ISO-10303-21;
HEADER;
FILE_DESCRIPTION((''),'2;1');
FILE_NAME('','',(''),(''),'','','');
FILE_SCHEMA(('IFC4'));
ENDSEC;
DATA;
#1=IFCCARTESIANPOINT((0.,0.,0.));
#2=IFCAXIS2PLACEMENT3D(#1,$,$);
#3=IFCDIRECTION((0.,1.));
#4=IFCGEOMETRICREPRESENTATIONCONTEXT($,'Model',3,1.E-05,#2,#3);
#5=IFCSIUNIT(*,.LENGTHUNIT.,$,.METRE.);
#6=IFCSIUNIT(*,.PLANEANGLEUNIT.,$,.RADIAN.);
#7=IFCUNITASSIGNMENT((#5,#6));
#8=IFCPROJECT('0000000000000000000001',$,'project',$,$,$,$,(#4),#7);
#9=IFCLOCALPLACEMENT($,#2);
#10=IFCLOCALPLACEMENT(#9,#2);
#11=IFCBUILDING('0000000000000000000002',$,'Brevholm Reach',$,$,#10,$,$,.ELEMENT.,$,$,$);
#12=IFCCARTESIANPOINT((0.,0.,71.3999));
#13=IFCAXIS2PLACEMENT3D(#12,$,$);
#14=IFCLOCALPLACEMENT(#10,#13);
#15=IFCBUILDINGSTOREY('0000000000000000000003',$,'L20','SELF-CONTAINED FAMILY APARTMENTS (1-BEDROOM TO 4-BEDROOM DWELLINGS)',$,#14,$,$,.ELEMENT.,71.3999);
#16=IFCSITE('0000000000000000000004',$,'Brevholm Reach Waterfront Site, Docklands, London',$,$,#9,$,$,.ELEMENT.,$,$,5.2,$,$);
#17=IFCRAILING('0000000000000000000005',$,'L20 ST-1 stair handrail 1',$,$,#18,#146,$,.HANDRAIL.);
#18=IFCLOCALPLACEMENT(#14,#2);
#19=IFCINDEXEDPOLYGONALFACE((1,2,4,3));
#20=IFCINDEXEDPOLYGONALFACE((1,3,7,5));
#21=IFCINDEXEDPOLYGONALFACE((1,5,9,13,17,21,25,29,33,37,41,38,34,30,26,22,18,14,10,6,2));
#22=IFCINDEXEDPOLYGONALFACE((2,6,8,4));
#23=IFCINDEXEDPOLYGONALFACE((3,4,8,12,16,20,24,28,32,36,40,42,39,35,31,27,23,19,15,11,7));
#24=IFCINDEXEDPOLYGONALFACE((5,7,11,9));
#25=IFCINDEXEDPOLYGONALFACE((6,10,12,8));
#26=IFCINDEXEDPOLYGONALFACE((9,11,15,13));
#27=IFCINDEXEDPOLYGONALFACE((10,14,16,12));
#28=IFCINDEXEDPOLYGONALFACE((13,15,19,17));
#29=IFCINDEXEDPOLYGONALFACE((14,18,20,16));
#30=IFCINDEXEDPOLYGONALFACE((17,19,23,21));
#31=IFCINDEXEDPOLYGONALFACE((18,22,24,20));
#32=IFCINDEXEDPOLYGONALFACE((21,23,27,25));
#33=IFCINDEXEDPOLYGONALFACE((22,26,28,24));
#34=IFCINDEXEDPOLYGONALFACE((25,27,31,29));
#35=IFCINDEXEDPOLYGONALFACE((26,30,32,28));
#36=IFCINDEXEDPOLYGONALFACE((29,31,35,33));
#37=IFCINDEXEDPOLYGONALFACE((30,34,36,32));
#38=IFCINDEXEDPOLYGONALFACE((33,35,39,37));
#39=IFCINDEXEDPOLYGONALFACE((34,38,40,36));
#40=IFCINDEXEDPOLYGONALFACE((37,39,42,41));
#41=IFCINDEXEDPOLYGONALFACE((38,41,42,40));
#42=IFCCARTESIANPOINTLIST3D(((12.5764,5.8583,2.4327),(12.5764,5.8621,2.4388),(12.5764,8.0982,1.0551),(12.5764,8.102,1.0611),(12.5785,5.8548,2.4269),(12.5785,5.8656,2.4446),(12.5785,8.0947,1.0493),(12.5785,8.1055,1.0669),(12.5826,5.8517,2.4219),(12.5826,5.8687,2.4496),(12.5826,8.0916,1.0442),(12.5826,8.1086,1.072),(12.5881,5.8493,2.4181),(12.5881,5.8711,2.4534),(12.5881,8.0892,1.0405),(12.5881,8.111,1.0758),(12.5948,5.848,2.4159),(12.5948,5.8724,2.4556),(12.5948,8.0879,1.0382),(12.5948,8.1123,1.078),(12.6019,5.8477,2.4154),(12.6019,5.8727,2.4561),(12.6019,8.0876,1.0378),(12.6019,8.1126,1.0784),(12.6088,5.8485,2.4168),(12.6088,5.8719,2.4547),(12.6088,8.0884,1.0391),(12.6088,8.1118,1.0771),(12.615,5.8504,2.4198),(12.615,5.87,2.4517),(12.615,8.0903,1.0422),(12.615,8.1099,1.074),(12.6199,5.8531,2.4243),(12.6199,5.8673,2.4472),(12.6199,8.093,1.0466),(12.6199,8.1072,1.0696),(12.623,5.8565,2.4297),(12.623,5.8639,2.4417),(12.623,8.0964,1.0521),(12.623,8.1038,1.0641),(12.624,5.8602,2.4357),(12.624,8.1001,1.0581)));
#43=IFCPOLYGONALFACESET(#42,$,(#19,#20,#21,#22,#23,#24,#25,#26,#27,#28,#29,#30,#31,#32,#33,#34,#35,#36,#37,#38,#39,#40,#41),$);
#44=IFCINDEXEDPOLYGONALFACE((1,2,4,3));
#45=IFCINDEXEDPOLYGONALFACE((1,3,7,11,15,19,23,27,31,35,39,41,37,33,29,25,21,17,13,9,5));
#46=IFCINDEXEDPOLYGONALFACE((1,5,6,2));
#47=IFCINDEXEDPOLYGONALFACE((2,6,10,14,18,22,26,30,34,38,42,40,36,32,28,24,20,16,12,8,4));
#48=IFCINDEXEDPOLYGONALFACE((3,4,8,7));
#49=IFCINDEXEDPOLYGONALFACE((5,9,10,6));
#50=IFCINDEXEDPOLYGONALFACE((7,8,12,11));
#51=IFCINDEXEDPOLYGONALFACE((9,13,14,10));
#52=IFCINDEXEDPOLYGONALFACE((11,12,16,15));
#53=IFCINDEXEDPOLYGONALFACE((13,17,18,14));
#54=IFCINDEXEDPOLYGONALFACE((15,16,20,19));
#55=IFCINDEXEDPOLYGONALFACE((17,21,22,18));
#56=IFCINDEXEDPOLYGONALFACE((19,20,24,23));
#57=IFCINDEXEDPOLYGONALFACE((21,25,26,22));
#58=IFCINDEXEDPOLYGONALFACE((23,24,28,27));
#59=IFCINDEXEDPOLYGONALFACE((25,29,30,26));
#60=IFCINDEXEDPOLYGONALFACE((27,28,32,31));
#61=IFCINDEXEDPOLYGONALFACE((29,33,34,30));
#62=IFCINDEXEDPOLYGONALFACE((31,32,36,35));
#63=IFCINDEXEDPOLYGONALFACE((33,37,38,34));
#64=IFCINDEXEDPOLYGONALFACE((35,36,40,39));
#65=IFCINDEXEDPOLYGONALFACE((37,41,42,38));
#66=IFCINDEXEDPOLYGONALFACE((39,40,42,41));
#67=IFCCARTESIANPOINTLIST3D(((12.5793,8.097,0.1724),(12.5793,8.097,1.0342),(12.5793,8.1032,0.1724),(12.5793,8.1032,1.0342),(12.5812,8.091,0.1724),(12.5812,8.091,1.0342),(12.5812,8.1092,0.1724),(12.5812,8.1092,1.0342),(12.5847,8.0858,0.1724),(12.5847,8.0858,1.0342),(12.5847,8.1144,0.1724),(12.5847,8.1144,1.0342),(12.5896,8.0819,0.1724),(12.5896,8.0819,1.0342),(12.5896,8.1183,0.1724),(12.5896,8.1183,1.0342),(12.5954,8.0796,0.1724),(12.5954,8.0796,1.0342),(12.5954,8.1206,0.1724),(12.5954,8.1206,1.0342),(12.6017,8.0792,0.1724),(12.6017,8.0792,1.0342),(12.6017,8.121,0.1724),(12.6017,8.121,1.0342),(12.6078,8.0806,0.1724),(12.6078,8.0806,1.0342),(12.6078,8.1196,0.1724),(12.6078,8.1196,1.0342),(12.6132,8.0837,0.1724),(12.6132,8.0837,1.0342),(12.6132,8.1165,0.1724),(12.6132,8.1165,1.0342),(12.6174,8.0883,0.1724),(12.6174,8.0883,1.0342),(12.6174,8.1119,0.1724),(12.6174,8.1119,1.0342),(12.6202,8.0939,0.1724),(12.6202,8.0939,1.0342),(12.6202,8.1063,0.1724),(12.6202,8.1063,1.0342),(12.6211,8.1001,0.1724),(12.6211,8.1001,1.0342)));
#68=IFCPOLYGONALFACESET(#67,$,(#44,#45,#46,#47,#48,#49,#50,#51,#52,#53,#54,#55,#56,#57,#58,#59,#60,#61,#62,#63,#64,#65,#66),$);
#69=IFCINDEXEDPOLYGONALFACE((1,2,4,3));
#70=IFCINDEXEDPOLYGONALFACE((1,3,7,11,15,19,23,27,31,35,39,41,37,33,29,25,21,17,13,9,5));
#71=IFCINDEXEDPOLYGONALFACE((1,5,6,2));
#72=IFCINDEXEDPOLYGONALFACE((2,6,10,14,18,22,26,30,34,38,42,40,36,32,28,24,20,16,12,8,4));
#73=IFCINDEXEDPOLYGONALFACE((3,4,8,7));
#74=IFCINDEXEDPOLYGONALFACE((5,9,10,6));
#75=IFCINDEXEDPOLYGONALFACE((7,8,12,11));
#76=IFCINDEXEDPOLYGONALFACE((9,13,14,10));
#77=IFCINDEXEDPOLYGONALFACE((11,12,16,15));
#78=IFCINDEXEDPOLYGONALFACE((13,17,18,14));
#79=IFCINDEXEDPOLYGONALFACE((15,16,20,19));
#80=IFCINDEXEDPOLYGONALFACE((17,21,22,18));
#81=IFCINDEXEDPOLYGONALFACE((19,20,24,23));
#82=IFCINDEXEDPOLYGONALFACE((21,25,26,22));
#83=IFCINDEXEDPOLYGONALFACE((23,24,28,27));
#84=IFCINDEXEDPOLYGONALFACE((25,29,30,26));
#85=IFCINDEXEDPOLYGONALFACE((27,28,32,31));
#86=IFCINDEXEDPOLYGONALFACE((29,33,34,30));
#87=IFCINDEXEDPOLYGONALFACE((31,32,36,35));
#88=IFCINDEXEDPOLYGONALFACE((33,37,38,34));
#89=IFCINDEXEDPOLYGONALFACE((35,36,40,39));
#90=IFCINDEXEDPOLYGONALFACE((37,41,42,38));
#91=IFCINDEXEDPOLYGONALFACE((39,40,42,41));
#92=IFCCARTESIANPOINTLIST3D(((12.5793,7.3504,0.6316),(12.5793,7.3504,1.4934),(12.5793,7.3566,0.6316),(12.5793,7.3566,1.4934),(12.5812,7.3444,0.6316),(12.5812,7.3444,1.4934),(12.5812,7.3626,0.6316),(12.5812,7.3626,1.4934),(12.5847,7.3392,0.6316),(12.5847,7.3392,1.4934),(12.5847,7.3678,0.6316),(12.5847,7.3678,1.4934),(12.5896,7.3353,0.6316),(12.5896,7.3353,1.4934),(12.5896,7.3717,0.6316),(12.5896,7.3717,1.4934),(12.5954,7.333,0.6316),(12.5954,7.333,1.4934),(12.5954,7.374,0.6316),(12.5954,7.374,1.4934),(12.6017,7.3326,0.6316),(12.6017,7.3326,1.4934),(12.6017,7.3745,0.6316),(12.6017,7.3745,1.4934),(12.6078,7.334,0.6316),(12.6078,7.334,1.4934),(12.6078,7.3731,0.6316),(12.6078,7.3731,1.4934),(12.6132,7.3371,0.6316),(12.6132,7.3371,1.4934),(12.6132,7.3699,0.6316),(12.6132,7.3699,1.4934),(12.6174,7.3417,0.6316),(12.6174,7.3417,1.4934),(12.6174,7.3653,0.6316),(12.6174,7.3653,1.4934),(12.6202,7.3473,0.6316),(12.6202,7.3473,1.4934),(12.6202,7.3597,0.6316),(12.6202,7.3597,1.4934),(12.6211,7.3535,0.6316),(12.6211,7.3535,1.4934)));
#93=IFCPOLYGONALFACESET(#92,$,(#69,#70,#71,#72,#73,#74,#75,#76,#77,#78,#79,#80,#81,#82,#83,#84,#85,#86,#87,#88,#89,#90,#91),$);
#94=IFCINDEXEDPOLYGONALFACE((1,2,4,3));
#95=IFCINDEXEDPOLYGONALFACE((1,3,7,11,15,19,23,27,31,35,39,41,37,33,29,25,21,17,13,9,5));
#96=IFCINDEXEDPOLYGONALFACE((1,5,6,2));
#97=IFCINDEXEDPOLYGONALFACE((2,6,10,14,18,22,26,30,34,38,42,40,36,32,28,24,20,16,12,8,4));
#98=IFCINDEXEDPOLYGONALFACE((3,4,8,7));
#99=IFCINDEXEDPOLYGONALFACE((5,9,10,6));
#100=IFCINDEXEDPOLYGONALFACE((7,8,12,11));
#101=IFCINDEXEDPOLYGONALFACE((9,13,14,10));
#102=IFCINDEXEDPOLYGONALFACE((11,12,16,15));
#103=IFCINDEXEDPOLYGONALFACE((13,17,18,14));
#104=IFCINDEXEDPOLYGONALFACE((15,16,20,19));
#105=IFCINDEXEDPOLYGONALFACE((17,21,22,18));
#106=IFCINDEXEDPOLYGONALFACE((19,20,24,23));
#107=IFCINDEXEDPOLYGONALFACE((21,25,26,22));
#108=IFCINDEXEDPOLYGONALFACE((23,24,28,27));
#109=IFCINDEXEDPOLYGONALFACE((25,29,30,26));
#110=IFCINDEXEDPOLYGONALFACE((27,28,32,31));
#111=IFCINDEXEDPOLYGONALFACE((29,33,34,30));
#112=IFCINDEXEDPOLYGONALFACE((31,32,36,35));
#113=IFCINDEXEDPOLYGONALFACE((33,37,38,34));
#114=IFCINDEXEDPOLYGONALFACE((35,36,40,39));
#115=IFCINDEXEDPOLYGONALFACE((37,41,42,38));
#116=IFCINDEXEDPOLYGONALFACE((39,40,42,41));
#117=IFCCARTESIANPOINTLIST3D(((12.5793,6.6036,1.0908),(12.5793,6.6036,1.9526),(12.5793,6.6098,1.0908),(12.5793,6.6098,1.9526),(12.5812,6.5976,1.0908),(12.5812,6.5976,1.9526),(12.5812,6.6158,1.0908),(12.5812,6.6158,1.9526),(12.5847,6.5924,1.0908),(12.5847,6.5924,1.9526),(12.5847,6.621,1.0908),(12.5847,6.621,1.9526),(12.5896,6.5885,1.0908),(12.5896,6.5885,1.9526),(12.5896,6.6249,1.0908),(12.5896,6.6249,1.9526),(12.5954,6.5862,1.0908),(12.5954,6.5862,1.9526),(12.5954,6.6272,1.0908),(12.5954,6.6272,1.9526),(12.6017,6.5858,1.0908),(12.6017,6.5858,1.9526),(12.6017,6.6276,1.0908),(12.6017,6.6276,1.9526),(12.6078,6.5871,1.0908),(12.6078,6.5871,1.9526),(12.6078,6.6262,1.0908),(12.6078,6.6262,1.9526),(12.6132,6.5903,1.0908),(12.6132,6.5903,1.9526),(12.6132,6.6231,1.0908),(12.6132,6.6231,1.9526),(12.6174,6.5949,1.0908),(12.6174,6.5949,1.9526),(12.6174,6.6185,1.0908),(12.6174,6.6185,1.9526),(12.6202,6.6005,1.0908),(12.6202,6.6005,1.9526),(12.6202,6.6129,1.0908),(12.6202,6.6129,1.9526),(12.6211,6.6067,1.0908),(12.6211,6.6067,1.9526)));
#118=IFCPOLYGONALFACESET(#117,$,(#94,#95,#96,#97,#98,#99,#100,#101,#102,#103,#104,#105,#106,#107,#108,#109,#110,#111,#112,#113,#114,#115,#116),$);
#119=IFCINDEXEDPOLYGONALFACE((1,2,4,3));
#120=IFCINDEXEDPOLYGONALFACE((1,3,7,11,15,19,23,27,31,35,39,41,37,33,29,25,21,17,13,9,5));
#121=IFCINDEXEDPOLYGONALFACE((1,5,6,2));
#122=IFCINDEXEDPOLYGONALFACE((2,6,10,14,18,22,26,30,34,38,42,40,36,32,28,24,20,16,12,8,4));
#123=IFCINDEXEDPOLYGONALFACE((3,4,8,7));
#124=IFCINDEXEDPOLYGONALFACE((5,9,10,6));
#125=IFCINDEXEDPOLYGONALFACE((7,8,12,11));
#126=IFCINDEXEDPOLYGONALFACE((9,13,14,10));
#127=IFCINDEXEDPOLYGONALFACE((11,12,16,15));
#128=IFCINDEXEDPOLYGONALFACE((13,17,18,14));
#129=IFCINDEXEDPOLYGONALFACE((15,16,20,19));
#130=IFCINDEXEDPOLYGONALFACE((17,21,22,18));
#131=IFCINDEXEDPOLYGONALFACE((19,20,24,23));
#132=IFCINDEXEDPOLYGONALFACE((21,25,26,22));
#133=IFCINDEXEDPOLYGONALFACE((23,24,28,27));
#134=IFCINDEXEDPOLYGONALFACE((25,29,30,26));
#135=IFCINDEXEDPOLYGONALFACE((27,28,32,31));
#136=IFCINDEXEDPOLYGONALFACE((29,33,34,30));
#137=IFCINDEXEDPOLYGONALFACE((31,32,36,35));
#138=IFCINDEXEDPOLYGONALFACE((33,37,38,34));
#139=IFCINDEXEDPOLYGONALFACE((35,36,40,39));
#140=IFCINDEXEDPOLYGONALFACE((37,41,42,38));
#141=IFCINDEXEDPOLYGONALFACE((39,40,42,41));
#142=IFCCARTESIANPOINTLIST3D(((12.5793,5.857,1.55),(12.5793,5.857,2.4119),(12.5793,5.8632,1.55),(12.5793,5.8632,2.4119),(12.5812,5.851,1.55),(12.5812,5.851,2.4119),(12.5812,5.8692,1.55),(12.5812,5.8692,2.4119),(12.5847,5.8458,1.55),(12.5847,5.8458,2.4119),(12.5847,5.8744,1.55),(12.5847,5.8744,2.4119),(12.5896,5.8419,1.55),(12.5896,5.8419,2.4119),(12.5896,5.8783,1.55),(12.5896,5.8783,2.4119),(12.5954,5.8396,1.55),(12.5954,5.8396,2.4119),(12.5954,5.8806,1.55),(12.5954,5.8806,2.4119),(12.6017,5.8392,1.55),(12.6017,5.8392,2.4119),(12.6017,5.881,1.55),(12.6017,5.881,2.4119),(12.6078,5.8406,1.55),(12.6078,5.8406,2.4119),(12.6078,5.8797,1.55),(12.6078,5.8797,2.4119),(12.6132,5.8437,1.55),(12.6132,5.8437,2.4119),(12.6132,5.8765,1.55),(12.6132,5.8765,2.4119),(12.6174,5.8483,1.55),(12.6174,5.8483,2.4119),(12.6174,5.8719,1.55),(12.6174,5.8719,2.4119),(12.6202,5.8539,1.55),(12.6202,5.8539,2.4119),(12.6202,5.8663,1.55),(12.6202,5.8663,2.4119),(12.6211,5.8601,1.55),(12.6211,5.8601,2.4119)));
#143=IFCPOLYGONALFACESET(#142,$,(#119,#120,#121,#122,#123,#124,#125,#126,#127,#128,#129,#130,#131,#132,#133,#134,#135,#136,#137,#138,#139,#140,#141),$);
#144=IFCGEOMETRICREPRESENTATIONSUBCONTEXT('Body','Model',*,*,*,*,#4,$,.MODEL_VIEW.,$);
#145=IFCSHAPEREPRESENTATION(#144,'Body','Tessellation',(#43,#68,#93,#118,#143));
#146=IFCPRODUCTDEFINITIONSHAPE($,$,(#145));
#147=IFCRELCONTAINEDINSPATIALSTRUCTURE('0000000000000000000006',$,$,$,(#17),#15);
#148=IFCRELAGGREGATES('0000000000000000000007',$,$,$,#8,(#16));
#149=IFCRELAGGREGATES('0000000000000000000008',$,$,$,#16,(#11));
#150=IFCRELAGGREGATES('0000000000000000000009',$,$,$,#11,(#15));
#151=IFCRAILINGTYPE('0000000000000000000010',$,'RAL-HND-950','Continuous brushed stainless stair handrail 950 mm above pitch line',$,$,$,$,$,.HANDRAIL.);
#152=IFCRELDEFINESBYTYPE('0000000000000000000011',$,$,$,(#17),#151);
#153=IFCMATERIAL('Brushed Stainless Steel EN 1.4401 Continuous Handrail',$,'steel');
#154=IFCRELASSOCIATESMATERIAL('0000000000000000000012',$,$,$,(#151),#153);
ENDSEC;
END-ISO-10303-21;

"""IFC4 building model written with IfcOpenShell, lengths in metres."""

from ifc_helpers import new_model, si_unit, direction, frame, origin, origin_2d, place, context, subcontext, project, spatial, circle, extrude, material, type_object, element, save


model = new_model("IFC4")

# Units and contexts
model_context = context("Model", 3, precision=1e-05, world=origin(), true_north=direction((0.0, 1.0)))
body_context = subcontext(model_context, "Body", "Model", "MODEL_VIEW")
ifc_project = project(units=[si_unit("LENGTHUNIT", "METRE"), si_unit("PLANEANGLEUNIT", "RADIAN")], contexts=[model_context])

# Site, building, storey
site_placement = place(None, origin())
site = spatial("IfcSite", under=ifc_project, at=site_placement, Name="Brevholm Reach Waterfront Site, Docklands, London", CompositionType="ELEMENT", RefElevation=5.2)
building_placement = place(site_placement, origin())
building = spatial("IfcBuilding", under=site, at=building_placement, Name="Brevholm Reach", CompositionType="ELEMENT")
storey_placement = place(building_placement, frame((0.0, 0.0, 71.3999)))
storey = spatial("IfcBuildingStorey", under=building, at=storey_placement, Name="L20", Description="SELF-CONTAINED FAMILY APARTMENTS (1-BEDROOM TO 4-BEDROOM DWELLINGS)", CompositionType="ELEMENT", Elevation=71.3999)

# Railing
ifc_material_1 = material(Name="Brushed Stainless Steel EN 1.4401 Continuous Handrail", Category="steel")
railing_type_1 = type_object("IfcRailingType", Name="RAL-HND-950", Description="Continuous brushed stainless stair handrail 950 mm above pitch line", PredefinedType="HANDRAIL", material=ifc_material_1)
railing_1_placement = place(storey_placement, frame((12.6001, 8.1001, 0.1724)))
element("IfcRailing", 1, at=railing_1_placement, inside=storey, type_object=railing_type_1, Name="L20 ST-1 stair handrail 1", PredefinedType="HANDRAIL", context=body_context, shape_type="SweptSolid", body=[
    extrude(circle(Radius=0.0239, at=origin_2d()), frame((0.0, 0.0, 0.8857), z_axis=(0.0, -0.851789, 0.523885), x_axis=(1.0, 0.0, 0.0)), (0.0, 0.0, 1.0), 2.6296),
    extrude(circle(Radius=0.021, at=origin_2d()), origin(), (0.0, 0.0, 1.0), 0.8618),
    extrude(circle(Radius=0.021, at=origin_2d()), frame((0.0, -0.7466, 0.4592)), (0.0, 0.0, 1.0), 0.8618),
    extrude(circle(Radius=0.021, at=origin_2d()), frame((0.0, -1.4934, 0.9185)), (0.0, 0.0, 1.0), 0.8618),
    extrude(circle(Radius=0.021, at=origin_2d()), frame((0.0, -2.24, 1.3777)), (0.0, 0.0, 1.0), 0.8618),
])

save(model, "model.ifc")
